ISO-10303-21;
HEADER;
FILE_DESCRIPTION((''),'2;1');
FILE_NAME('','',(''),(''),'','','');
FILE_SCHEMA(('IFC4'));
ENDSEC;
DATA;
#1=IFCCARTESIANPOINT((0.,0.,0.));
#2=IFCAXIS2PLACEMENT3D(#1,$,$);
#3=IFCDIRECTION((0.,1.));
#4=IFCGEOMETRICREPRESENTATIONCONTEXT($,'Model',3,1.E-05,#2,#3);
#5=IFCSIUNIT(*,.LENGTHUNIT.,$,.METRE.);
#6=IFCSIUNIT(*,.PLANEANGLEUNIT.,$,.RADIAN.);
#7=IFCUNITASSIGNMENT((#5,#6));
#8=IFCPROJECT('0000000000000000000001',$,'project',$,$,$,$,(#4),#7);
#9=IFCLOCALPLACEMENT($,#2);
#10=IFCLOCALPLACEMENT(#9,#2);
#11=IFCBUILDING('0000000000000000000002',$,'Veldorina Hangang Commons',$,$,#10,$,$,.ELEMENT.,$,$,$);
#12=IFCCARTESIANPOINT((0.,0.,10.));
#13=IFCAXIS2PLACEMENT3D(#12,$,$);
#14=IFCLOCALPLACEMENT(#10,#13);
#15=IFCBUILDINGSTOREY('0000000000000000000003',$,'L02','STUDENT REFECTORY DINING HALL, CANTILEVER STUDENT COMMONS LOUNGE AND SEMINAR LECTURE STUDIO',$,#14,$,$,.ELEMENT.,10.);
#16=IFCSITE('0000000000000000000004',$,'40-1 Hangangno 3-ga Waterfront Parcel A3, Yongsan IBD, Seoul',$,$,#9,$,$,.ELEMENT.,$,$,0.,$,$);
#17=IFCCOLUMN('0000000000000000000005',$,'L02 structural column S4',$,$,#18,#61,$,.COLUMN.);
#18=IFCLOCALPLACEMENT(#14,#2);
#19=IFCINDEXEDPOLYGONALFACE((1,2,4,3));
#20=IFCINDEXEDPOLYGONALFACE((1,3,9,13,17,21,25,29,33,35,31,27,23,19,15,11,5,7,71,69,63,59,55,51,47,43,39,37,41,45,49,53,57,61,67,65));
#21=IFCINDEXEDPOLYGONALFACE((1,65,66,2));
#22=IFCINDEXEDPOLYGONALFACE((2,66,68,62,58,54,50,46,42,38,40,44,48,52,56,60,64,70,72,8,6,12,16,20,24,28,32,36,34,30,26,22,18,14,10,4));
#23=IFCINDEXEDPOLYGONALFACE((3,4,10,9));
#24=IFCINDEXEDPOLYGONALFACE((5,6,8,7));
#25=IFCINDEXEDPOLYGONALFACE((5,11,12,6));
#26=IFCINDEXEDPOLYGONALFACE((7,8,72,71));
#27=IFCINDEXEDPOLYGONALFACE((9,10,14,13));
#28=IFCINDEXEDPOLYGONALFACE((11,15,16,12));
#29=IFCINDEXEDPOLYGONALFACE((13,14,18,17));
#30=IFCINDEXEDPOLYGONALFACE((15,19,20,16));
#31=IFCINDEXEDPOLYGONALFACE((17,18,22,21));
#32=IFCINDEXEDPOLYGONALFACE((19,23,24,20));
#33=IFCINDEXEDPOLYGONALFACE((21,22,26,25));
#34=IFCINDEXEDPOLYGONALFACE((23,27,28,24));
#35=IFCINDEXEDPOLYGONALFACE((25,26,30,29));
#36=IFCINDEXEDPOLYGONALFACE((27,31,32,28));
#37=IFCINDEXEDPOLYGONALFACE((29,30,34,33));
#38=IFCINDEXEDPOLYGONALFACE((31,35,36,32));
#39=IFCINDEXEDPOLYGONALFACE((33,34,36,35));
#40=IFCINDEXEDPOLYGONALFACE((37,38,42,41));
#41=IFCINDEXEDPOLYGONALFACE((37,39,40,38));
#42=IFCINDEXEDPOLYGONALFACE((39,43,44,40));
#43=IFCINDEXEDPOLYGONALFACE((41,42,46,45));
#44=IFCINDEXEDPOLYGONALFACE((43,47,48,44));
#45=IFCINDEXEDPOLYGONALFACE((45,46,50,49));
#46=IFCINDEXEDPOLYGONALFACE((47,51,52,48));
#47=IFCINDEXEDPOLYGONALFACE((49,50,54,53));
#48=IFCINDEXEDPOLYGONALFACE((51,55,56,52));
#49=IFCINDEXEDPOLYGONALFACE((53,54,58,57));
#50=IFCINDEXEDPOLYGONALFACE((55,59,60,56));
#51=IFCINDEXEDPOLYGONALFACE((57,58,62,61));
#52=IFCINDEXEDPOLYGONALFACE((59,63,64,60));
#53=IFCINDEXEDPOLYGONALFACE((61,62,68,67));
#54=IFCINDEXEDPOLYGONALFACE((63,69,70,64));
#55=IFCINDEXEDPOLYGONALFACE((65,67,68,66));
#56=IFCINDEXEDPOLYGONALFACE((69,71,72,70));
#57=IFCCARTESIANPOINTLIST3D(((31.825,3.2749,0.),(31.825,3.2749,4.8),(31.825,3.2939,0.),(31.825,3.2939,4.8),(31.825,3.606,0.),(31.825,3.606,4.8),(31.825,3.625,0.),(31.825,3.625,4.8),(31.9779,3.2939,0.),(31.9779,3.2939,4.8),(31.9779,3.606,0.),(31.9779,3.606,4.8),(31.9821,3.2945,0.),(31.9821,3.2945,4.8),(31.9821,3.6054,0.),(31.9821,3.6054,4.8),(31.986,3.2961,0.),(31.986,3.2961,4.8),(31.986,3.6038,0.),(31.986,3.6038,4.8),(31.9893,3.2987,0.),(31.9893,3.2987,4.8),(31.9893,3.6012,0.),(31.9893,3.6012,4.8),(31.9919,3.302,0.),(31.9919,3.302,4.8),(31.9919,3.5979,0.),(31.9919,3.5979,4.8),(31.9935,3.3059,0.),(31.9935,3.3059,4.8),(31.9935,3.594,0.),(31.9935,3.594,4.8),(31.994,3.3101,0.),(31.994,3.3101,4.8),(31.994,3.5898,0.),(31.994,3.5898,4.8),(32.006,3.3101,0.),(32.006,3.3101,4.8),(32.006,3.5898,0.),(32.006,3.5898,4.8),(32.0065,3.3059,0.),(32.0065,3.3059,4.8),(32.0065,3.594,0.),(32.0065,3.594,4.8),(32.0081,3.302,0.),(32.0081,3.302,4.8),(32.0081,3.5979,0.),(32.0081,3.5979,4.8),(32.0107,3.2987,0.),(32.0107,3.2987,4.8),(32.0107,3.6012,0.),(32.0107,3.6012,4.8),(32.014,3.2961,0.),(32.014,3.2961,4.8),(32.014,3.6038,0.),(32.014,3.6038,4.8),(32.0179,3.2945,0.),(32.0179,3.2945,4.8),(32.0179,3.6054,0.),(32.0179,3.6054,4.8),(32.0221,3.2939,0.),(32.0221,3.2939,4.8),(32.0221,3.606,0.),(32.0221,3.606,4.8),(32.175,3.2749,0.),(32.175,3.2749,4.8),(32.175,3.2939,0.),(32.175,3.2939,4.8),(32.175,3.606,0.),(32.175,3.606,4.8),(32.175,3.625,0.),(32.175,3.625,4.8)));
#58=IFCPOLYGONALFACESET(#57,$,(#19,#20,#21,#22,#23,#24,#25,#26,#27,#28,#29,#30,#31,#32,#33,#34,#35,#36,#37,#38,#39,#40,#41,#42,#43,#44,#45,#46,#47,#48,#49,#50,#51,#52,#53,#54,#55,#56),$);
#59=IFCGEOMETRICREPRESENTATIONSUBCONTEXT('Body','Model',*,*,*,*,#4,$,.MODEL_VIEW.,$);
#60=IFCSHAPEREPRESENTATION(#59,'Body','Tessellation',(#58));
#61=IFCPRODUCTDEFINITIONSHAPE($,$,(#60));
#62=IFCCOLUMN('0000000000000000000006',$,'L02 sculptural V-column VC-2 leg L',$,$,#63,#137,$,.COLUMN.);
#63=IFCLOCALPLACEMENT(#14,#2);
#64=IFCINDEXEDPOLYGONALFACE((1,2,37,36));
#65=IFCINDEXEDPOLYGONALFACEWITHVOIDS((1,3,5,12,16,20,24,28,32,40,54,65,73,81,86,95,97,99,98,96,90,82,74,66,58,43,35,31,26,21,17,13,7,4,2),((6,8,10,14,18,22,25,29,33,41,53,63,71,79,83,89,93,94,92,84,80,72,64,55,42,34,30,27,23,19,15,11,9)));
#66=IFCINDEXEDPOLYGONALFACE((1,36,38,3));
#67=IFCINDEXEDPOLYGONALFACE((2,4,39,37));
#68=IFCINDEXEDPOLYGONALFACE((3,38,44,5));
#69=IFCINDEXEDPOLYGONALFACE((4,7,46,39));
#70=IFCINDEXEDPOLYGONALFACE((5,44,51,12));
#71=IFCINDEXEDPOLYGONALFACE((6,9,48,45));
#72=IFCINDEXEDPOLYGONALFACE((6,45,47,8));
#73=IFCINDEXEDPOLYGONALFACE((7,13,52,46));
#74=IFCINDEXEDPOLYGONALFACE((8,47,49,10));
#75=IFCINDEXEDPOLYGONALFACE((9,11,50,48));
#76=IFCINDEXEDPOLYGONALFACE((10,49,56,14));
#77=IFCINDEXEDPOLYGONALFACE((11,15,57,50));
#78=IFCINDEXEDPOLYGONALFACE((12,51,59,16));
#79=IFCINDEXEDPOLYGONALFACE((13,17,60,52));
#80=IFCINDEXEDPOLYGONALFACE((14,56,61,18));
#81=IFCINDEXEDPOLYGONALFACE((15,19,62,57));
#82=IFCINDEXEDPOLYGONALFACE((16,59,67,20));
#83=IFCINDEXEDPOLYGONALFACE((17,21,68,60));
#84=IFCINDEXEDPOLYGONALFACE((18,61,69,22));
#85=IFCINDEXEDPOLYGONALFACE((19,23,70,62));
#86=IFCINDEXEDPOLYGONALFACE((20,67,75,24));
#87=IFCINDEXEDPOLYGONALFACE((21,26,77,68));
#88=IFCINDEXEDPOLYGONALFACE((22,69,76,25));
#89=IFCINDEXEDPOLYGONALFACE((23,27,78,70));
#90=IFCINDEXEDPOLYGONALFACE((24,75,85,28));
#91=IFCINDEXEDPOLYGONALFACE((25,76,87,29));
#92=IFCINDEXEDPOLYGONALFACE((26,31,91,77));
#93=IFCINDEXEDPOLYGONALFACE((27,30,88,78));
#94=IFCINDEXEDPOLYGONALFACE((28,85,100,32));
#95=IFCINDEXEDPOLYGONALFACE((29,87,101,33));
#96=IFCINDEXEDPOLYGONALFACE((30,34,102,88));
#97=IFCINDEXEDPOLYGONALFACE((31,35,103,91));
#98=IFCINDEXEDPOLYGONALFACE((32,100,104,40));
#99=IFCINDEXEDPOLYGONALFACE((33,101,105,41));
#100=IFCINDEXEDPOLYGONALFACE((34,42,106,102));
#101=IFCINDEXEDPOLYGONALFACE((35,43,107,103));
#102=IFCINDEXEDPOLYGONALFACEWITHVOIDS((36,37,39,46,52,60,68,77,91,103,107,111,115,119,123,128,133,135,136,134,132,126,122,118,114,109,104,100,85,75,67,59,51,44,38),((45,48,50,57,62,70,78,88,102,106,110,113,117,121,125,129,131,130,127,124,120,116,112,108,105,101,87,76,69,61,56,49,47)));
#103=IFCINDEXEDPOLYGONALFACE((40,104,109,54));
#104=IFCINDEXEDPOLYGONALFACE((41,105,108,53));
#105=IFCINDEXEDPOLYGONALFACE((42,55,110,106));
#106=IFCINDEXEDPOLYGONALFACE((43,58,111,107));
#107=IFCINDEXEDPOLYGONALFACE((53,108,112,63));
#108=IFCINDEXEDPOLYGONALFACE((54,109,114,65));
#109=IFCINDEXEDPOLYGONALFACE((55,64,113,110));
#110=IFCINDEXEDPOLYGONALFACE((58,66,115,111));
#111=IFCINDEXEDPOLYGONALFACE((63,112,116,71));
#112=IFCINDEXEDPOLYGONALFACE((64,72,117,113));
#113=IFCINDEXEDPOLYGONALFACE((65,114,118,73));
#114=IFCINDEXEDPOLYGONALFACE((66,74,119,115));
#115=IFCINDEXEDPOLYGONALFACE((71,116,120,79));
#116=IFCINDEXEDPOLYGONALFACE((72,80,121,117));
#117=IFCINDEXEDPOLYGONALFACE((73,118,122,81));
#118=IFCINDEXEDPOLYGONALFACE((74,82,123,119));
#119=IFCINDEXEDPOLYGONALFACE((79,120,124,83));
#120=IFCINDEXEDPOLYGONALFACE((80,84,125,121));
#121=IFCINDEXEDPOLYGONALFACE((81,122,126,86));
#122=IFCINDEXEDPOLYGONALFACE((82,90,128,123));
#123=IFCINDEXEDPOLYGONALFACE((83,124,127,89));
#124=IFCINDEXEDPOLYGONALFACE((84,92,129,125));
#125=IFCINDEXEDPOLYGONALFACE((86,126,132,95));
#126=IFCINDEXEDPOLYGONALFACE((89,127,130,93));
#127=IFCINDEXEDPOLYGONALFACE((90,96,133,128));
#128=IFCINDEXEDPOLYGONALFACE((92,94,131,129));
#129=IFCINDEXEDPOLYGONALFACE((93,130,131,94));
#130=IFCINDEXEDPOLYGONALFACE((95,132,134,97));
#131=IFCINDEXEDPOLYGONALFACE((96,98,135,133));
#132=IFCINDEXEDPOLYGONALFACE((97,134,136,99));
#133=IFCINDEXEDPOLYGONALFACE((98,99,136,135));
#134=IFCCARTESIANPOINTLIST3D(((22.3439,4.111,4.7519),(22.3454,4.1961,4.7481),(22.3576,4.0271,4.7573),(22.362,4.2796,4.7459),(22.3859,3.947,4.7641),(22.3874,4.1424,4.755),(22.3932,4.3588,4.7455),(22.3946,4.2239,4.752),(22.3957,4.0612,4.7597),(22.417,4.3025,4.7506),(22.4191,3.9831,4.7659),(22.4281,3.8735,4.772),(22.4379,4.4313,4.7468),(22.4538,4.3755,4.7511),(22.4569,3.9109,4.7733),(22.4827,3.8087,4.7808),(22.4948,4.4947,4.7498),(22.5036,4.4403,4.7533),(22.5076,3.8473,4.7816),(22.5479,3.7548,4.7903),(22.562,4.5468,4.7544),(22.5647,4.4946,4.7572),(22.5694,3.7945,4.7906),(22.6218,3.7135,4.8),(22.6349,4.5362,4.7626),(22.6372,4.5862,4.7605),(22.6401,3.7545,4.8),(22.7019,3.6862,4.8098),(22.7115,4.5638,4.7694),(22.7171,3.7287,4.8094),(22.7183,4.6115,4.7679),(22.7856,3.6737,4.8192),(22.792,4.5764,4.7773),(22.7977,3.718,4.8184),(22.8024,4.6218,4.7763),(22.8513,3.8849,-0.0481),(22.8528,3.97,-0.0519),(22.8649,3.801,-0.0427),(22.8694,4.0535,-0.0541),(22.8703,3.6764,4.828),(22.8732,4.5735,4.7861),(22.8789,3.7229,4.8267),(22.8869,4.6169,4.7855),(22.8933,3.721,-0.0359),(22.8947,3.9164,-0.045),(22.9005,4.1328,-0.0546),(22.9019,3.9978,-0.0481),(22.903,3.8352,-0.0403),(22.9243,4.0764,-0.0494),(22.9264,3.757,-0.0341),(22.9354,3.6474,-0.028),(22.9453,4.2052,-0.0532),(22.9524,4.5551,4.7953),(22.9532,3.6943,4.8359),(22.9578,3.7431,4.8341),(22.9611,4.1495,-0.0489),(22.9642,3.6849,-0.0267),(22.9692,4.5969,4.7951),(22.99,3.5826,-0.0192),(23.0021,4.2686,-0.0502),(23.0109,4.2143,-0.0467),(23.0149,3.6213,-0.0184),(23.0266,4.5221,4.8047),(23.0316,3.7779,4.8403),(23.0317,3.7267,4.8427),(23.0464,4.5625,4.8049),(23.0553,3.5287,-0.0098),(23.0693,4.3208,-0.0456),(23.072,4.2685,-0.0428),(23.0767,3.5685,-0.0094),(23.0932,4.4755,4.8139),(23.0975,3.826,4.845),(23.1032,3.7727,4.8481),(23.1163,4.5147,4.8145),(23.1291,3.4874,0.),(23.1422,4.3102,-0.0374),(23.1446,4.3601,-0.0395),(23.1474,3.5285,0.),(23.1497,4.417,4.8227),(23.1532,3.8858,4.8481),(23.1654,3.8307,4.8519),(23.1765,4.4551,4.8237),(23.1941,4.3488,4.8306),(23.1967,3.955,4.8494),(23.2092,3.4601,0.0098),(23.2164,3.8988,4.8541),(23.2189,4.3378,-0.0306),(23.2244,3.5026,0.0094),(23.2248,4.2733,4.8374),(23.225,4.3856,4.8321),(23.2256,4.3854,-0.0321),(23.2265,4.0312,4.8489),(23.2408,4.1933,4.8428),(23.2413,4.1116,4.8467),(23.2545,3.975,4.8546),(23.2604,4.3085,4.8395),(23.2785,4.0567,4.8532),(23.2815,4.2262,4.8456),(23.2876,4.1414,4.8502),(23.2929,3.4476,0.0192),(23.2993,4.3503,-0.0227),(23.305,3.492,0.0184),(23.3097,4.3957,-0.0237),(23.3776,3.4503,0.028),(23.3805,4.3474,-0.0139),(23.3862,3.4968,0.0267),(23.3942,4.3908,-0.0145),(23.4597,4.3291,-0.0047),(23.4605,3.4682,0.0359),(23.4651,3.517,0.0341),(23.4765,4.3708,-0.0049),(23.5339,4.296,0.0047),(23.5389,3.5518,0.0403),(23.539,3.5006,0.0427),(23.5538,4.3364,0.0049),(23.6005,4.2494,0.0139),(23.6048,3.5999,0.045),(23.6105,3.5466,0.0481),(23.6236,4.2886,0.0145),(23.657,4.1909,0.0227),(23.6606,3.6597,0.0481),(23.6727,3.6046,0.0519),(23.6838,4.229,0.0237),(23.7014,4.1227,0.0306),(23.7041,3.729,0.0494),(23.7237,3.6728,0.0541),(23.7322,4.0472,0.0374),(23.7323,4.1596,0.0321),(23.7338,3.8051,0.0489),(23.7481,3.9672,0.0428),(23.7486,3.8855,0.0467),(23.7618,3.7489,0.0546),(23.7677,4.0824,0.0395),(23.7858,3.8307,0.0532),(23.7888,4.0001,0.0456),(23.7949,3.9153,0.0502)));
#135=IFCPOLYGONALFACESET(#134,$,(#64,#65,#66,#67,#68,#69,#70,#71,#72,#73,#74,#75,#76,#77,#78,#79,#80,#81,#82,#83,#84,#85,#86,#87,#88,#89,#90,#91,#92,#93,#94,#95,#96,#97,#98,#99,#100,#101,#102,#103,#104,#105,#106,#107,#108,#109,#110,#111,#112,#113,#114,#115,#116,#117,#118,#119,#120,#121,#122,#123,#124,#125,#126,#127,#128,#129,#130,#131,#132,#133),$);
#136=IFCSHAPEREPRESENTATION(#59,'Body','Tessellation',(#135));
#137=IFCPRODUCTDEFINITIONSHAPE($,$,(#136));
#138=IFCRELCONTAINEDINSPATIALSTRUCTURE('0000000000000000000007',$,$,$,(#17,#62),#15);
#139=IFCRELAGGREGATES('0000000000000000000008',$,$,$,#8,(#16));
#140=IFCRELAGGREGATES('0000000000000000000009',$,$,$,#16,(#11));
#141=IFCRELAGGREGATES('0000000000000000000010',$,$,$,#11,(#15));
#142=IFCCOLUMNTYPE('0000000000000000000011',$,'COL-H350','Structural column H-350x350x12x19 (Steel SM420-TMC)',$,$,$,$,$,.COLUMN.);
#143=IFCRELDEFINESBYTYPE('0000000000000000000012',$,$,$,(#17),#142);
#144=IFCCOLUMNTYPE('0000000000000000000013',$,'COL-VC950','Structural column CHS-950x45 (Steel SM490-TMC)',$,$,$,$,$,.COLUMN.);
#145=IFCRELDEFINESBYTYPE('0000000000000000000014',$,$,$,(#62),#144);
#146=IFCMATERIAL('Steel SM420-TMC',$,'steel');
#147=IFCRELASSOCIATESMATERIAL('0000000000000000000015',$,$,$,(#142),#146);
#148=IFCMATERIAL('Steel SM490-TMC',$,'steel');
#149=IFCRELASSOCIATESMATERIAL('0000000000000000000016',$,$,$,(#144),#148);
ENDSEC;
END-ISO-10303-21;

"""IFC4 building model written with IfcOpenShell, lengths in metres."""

from ifc_helpers import new_model, si_unit, direction, frame, origin, origin_2d, place, context, subcontext, project, spatial, hollow_circle, i_section, extrude, material, material_profile, profile_set, type_object, element, save


model = new_model("IFC4")

# Units and contexts
model_context = context("Model", 3, precision=1e-05, world=origin(), true_north=direction((0.0, 1.0)))
body_context = subcontext(model_context, "Body", "Model", "MODEL_VIEW")
ifc_project = project(units=[si_unit("LENGTHUNIT", "METRE"), si_unit("PLANEANGLEUNIT", "RADIAN")], contexts=[model_context])

# Site, building, storey
site_placement = place(None, origin())
site = spatial("IfcSite", under=ifc_project, at=site_placement, Name="40-1 Hangangno 3-ga Waterfront Parcel A3, Yongsan IBD, Seoul", CompositionType="ELEMENT", RefElevation=0.0)
building_placement = place(site_placement, origin())
building = spatial("IfcBuilding", under=site, at=building_placement, Name="Veldorina Hangang Commons", CompositionType="ELEMENT")
storey_placement = place(building_placement, frame((0.0, 0.0, 10.0)))
storey = spatial("IfcBuildingStorey", under=building, at=storey_placement, Name="L02", Description="STUDENT REFECTORY DINING HALL, CANTILEVER STUDENT COMMONS LOUNGE AND SEMINAR LECTURE STUDIO", CompositionType="ELEMENT", Elevation=10.0)

# Columns
ifc_material_1 = material(Name="Steel SM420-TMC", Category="steel")
ifc_material_profile_1 = material_profile(ifc_material_1, i_section(OverallWidth=0.3501, OverallDepth=0.3501, WebThickness=0.012, FlangeThickness=0.019, FilletRadius=0.0161, at=origin_2d()), Name="H-350x350x12x19")
ifc_profile_set_1 = profile_set([ifc_material_profile_1], Name="Steel SM420-TMC")
column_type_1 = type_object("IfcColumnType", Name="COL-H350", Description="Structural column H-350x350x12x19 (Steel SM420-TMC)", PredefinedType="COLUMN", material=ifc_profile_set_1)
column_placement = place(storey_placement, frame((32.0, 3.45, 0.0), z_axis=(0.0, 0.0, 1.0), x_axis=(1.0, 0.0, 0.0)))
element("IfcColumn", 1, at=column_placement, inside=storey, type_object=column_type_1, Name="L02 structural column S4", PredefinedType="COLUMN", context=body_context, shape_type="SweptSolid", body=[
    extrude(i_section(OverallWidth=0.3501, OverallDepth=0.3501, WebThickness=0.012, FlangeThickness=0.019, FilletRadius=0.0161, at=origin_2d()), origin(), (0.0, 0.0, 1.0), 4.8),
])
ifc_material_2 = material(Name="Steel SM490-TMC", Category="steel")
ifc_material_profile_2 = material_profile(ifc_material_2, hollow_circle(Radius=0.4751, WallThickness=0.0449, at=origin_2d()), Name="CHS-950x45")
ifc_profile_set_2 = profile_set([ifc_material_profile_2], Name="Steel SM490-TMC")
column_type_2 = type_object("IfcColumnType", Name="COL-VC950", Description="Structural column CHS-950x45 (Steel SM490-TMC)", PredefinedType="COLUMN", material=ifc_profile_set_2)
for number, where, z_axis, x_axis, name in (
    (2, (23.3225, 3.9214, 0.0), (-0.104991, 0.046786, 0.993372), (-0.407036, -0.913412, 0.0), "L02 sculptural V-column VC-2 leg L"),
):
    element("IfcColumn", number, at=place(storey_placement, frame(where, z_axis=z_axis, x_axis=x_axis)), inside=storey, type_object=column_type_2, Name=name, PredefinedType="COLUMN", context=body_context, shape_type="SweptSolid", body=[
        extrude(hollow_circle(Radius=0.4751, WallThickness=0.0449, at=origin_2d()), origin(), (0.0, 0.0, 1.0), 4.832),
    ])

save(model, "model.ifc")
